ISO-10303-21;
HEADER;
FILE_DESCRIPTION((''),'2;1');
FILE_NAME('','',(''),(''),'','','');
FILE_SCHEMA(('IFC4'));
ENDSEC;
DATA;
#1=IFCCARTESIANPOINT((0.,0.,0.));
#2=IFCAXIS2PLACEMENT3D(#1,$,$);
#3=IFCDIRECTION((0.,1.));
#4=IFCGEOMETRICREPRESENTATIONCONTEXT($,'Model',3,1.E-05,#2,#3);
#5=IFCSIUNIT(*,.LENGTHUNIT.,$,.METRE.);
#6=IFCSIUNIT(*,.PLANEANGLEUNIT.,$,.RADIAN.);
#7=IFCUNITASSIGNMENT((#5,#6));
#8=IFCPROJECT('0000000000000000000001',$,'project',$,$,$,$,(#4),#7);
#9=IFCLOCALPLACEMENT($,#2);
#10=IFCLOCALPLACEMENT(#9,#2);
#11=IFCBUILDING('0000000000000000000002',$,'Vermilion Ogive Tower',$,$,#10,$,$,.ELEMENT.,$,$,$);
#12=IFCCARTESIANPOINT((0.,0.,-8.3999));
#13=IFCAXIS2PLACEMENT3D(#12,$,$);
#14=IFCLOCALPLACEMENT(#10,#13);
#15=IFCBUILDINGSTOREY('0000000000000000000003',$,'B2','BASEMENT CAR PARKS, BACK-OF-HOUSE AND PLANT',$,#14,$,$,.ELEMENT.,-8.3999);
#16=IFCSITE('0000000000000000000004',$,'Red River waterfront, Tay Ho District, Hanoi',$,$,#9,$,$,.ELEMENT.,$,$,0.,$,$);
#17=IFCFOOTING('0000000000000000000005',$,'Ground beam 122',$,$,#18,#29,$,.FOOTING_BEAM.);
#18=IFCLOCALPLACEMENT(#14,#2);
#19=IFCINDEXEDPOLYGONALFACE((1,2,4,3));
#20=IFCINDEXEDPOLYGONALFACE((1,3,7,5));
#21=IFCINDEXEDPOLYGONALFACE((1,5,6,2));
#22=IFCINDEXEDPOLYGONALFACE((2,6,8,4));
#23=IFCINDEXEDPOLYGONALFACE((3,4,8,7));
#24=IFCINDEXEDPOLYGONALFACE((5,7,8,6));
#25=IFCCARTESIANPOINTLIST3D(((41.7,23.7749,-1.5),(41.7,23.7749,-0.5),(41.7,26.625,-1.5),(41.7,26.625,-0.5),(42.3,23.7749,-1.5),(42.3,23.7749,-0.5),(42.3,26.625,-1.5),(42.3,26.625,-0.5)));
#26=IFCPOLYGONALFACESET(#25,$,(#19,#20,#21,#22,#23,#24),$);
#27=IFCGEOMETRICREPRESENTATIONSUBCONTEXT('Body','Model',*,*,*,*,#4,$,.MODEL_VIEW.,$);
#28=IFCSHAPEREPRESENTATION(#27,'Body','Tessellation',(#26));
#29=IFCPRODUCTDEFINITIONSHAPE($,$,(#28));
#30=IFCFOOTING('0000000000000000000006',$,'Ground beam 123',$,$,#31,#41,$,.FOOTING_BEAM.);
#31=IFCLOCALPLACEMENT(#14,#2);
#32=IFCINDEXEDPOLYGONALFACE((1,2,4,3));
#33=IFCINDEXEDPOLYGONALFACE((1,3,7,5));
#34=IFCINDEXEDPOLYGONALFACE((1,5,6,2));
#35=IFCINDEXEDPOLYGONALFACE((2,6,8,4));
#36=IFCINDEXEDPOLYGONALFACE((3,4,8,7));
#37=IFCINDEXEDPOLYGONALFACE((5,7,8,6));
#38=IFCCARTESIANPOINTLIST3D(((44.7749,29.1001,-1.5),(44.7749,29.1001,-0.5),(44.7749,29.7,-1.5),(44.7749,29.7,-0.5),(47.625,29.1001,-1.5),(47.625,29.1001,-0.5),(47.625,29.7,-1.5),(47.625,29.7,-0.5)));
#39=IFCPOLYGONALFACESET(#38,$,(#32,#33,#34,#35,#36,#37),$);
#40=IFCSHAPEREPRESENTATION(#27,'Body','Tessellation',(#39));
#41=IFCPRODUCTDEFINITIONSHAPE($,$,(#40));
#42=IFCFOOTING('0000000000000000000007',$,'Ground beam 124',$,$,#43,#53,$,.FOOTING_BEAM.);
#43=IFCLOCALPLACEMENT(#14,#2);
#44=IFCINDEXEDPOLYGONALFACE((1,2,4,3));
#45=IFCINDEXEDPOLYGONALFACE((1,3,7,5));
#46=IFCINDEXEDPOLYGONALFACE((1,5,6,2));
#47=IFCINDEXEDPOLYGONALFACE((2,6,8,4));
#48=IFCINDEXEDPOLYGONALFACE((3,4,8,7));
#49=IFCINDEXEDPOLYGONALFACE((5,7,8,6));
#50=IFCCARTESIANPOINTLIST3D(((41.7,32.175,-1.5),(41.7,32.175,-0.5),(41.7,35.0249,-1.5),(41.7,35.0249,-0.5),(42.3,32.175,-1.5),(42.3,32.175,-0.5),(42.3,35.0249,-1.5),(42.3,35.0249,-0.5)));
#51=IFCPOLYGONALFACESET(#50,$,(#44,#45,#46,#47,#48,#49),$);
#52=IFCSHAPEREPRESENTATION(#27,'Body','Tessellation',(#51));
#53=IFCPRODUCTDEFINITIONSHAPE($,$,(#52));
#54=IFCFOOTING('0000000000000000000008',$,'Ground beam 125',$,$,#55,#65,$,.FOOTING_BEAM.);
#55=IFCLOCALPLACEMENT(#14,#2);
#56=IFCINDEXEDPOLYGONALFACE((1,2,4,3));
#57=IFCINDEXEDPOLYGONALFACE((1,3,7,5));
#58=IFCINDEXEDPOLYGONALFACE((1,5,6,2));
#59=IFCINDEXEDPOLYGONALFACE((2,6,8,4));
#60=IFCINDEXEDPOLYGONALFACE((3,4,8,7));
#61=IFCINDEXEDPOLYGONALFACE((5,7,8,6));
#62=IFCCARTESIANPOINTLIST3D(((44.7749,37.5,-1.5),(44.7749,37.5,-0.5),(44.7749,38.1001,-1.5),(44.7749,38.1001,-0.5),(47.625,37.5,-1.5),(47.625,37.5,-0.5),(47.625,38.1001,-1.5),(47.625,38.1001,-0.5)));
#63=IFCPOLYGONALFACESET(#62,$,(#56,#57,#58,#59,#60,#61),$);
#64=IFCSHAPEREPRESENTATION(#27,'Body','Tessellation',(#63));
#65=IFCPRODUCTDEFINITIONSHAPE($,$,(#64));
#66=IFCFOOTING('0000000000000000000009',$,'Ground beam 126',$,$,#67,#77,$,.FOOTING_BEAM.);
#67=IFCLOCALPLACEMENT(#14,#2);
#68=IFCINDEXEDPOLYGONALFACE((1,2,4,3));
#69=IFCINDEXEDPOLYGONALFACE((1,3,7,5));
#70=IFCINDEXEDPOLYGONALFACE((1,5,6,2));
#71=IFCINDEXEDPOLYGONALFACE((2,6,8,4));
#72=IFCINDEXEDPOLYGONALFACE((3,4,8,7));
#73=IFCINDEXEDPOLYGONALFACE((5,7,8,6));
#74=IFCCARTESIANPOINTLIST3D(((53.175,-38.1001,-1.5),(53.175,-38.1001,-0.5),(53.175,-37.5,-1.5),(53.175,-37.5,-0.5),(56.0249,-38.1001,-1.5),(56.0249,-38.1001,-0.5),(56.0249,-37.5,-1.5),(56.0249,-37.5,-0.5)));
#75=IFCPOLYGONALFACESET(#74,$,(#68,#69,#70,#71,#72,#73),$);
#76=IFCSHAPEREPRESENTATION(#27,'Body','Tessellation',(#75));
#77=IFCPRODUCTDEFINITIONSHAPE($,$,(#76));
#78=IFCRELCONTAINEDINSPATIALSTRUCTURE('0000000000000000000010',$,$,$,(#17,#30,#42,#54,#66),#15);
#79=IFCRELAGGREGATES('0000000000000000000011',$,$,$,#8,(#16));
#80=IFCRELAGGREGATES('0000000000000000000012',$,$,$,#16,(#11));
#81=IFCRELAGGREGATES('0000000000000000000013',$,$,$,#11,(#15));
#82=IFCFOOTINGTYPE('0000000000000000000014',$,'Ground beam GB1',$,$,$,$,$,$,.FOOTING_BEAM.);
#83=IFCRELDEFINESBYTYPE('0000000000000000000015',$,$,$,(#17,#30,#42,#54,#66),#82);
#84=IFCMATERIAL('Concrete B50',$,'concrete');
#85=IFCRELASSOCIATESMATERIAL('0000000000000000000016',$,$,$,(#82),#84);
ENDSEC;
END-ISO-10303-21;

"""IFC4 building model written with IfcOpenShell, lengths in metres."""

from ifc_helpers import new_model, si_unit, direction, frame, origin, place, context, subcontext, project, spatial, polyline, outline, extrude, material, type_object, element, save


model = new_model("IFC4")

# Units and contexts
model_context = context("Model", 3, precision=1e-05, world=origin(), true_north=direction((0.0, 1.0)))
body_context = subcontext(model_context, "Body", "Model", "MODEL_VIEW")
ifc_project = project(units=[si_unit("LENGTHUNIT", "METRE"), si_unit("PLANEANGLEUNIT", "RADIAN")], contexts=[model_context])

# Site, building, storey
site_placement = place(None, origin())
site = spatial("IfcSite", under=ifc_project, at=site_placement, Name="Red River waterfront, Tay Ho District, Hanoi", CompositionType="ELEMENT", RefElevation=0.0)
building_placement = place(site_placement, origin())
building = spatial("IfcBuilding", under=site, at=building_placement, Name="Vermilion Ogive Tower", CompositionType="ELEMENT")
storey_placement = place(building_placement, frame((0.0, 0.0, -8.3999)))
storey = spatial("IfcBuildingStorey", under=building, at=storey_placement, Name="B2", Description="BASEMENT CAR PARKS, BACK-OF-HOUSE AND PLANT", CompositionType="ELEMENT", Elevation=-8.3999)

# Footings
ifc_material = material(Name="Concrete B50", Category="concrete")
footing_type = type_object("IfcFootingType", Name="Ground beam GB1", PredefinedType="FOOTING_BEAM", material=ifc_material)
footing_1_placement = place(storey_placement, frame((0.0, 0.0, -1.5)))
element("IfcFooting", 1, at=footing_1_placement, inside=storey, type_object=footing_type, Name="Ground beam 122", PredefinedType="FOOTING_BEAM", context=body_context, shape_type="SweptSolid", body=[
    extrude(outline(polyline([(42.3, 23.7749), (42.3, 26.625), (41.7, 26.625), (41.7, 23.7749), (42.3, 23.7749)])), origin(), (0.0, 0.0, 1.0), 1.0),
])
footing_2_placement = place(storey_placement, frame((0.0, 0.0, -1.5)))
element("IfcFooting", 2, at=footing_2_placement, inside=storey, type_object=footing_type, Name="Ground beam 123", PredefinedType="FOOTING_BEAM", context=body_context, shape_type="SweptSolid", body=[
    extrude(outline(polyline([(47.625, 29.1001), (47.625, 29.7), (44.7749, 29.7), (44.7749, 29.1001), (47.625, 29.1001)])), origin(), (0.0, 0.0, 1.0), 1.0),
])
footing_3_placement = place(storey_placement, frame((0.0, 0.0, -1.5)))
element("IfcFooting", 3, at=footing_3_placement, inside=storey, type_object=footing_type, Name="Ground beam 124", PredefinedType="FOOTING_BEAM", context=body_context, shape_type="SweptSolid", body=[
    extrude(outline(polyline([(42.3, 32.175), (42.3, 35.0249), (41.7, 35.0249), (41.7, 32.175), (42.3, 32.175)])), origin(), (0.0, 0.0, 1.0), 1.0),
])
footing_4_placement = place(storey_placement, frame((0.0, 0.0, -1.5)))
element("IfcFooting", 4, at=footing_4_placement, inside=storey, type_object=footing_type, Name="Ground beam 125", PredefinedType="FOOTING_BEAM", context=body_context, shape_type="SweptSolid", body=[
    extrude(outline(polyline([(47.625, 37.5), (47.625, 38.1001), (44.7749, 38.1001), (44.7749, 37.5), (47.625, 37.5)])), origin(), (0.0, 0.0, 1.0), 1.0),
])
footing_5_placement = place(storey_placement, frame((0.0, 0.0, -1.5)))
element("IfcFooting", 5, at=footing_5_placement, inside=storey, type_object=footing_type, Name="Ground beam 126", PredefinedType="FOOTING_BEAM", context=body_context, shape_type="SweptSolid", body=[
    extrude(outline(polyline([(56.0249, -38.1001), (56.0249, -37.5), (53.175, -37.5), (53.175, -38.1001), (56.0249, -38.1001)])), origin(), (0.0, 0.0, 1.0), 1.0),
])

save(model, "model.ifc")
